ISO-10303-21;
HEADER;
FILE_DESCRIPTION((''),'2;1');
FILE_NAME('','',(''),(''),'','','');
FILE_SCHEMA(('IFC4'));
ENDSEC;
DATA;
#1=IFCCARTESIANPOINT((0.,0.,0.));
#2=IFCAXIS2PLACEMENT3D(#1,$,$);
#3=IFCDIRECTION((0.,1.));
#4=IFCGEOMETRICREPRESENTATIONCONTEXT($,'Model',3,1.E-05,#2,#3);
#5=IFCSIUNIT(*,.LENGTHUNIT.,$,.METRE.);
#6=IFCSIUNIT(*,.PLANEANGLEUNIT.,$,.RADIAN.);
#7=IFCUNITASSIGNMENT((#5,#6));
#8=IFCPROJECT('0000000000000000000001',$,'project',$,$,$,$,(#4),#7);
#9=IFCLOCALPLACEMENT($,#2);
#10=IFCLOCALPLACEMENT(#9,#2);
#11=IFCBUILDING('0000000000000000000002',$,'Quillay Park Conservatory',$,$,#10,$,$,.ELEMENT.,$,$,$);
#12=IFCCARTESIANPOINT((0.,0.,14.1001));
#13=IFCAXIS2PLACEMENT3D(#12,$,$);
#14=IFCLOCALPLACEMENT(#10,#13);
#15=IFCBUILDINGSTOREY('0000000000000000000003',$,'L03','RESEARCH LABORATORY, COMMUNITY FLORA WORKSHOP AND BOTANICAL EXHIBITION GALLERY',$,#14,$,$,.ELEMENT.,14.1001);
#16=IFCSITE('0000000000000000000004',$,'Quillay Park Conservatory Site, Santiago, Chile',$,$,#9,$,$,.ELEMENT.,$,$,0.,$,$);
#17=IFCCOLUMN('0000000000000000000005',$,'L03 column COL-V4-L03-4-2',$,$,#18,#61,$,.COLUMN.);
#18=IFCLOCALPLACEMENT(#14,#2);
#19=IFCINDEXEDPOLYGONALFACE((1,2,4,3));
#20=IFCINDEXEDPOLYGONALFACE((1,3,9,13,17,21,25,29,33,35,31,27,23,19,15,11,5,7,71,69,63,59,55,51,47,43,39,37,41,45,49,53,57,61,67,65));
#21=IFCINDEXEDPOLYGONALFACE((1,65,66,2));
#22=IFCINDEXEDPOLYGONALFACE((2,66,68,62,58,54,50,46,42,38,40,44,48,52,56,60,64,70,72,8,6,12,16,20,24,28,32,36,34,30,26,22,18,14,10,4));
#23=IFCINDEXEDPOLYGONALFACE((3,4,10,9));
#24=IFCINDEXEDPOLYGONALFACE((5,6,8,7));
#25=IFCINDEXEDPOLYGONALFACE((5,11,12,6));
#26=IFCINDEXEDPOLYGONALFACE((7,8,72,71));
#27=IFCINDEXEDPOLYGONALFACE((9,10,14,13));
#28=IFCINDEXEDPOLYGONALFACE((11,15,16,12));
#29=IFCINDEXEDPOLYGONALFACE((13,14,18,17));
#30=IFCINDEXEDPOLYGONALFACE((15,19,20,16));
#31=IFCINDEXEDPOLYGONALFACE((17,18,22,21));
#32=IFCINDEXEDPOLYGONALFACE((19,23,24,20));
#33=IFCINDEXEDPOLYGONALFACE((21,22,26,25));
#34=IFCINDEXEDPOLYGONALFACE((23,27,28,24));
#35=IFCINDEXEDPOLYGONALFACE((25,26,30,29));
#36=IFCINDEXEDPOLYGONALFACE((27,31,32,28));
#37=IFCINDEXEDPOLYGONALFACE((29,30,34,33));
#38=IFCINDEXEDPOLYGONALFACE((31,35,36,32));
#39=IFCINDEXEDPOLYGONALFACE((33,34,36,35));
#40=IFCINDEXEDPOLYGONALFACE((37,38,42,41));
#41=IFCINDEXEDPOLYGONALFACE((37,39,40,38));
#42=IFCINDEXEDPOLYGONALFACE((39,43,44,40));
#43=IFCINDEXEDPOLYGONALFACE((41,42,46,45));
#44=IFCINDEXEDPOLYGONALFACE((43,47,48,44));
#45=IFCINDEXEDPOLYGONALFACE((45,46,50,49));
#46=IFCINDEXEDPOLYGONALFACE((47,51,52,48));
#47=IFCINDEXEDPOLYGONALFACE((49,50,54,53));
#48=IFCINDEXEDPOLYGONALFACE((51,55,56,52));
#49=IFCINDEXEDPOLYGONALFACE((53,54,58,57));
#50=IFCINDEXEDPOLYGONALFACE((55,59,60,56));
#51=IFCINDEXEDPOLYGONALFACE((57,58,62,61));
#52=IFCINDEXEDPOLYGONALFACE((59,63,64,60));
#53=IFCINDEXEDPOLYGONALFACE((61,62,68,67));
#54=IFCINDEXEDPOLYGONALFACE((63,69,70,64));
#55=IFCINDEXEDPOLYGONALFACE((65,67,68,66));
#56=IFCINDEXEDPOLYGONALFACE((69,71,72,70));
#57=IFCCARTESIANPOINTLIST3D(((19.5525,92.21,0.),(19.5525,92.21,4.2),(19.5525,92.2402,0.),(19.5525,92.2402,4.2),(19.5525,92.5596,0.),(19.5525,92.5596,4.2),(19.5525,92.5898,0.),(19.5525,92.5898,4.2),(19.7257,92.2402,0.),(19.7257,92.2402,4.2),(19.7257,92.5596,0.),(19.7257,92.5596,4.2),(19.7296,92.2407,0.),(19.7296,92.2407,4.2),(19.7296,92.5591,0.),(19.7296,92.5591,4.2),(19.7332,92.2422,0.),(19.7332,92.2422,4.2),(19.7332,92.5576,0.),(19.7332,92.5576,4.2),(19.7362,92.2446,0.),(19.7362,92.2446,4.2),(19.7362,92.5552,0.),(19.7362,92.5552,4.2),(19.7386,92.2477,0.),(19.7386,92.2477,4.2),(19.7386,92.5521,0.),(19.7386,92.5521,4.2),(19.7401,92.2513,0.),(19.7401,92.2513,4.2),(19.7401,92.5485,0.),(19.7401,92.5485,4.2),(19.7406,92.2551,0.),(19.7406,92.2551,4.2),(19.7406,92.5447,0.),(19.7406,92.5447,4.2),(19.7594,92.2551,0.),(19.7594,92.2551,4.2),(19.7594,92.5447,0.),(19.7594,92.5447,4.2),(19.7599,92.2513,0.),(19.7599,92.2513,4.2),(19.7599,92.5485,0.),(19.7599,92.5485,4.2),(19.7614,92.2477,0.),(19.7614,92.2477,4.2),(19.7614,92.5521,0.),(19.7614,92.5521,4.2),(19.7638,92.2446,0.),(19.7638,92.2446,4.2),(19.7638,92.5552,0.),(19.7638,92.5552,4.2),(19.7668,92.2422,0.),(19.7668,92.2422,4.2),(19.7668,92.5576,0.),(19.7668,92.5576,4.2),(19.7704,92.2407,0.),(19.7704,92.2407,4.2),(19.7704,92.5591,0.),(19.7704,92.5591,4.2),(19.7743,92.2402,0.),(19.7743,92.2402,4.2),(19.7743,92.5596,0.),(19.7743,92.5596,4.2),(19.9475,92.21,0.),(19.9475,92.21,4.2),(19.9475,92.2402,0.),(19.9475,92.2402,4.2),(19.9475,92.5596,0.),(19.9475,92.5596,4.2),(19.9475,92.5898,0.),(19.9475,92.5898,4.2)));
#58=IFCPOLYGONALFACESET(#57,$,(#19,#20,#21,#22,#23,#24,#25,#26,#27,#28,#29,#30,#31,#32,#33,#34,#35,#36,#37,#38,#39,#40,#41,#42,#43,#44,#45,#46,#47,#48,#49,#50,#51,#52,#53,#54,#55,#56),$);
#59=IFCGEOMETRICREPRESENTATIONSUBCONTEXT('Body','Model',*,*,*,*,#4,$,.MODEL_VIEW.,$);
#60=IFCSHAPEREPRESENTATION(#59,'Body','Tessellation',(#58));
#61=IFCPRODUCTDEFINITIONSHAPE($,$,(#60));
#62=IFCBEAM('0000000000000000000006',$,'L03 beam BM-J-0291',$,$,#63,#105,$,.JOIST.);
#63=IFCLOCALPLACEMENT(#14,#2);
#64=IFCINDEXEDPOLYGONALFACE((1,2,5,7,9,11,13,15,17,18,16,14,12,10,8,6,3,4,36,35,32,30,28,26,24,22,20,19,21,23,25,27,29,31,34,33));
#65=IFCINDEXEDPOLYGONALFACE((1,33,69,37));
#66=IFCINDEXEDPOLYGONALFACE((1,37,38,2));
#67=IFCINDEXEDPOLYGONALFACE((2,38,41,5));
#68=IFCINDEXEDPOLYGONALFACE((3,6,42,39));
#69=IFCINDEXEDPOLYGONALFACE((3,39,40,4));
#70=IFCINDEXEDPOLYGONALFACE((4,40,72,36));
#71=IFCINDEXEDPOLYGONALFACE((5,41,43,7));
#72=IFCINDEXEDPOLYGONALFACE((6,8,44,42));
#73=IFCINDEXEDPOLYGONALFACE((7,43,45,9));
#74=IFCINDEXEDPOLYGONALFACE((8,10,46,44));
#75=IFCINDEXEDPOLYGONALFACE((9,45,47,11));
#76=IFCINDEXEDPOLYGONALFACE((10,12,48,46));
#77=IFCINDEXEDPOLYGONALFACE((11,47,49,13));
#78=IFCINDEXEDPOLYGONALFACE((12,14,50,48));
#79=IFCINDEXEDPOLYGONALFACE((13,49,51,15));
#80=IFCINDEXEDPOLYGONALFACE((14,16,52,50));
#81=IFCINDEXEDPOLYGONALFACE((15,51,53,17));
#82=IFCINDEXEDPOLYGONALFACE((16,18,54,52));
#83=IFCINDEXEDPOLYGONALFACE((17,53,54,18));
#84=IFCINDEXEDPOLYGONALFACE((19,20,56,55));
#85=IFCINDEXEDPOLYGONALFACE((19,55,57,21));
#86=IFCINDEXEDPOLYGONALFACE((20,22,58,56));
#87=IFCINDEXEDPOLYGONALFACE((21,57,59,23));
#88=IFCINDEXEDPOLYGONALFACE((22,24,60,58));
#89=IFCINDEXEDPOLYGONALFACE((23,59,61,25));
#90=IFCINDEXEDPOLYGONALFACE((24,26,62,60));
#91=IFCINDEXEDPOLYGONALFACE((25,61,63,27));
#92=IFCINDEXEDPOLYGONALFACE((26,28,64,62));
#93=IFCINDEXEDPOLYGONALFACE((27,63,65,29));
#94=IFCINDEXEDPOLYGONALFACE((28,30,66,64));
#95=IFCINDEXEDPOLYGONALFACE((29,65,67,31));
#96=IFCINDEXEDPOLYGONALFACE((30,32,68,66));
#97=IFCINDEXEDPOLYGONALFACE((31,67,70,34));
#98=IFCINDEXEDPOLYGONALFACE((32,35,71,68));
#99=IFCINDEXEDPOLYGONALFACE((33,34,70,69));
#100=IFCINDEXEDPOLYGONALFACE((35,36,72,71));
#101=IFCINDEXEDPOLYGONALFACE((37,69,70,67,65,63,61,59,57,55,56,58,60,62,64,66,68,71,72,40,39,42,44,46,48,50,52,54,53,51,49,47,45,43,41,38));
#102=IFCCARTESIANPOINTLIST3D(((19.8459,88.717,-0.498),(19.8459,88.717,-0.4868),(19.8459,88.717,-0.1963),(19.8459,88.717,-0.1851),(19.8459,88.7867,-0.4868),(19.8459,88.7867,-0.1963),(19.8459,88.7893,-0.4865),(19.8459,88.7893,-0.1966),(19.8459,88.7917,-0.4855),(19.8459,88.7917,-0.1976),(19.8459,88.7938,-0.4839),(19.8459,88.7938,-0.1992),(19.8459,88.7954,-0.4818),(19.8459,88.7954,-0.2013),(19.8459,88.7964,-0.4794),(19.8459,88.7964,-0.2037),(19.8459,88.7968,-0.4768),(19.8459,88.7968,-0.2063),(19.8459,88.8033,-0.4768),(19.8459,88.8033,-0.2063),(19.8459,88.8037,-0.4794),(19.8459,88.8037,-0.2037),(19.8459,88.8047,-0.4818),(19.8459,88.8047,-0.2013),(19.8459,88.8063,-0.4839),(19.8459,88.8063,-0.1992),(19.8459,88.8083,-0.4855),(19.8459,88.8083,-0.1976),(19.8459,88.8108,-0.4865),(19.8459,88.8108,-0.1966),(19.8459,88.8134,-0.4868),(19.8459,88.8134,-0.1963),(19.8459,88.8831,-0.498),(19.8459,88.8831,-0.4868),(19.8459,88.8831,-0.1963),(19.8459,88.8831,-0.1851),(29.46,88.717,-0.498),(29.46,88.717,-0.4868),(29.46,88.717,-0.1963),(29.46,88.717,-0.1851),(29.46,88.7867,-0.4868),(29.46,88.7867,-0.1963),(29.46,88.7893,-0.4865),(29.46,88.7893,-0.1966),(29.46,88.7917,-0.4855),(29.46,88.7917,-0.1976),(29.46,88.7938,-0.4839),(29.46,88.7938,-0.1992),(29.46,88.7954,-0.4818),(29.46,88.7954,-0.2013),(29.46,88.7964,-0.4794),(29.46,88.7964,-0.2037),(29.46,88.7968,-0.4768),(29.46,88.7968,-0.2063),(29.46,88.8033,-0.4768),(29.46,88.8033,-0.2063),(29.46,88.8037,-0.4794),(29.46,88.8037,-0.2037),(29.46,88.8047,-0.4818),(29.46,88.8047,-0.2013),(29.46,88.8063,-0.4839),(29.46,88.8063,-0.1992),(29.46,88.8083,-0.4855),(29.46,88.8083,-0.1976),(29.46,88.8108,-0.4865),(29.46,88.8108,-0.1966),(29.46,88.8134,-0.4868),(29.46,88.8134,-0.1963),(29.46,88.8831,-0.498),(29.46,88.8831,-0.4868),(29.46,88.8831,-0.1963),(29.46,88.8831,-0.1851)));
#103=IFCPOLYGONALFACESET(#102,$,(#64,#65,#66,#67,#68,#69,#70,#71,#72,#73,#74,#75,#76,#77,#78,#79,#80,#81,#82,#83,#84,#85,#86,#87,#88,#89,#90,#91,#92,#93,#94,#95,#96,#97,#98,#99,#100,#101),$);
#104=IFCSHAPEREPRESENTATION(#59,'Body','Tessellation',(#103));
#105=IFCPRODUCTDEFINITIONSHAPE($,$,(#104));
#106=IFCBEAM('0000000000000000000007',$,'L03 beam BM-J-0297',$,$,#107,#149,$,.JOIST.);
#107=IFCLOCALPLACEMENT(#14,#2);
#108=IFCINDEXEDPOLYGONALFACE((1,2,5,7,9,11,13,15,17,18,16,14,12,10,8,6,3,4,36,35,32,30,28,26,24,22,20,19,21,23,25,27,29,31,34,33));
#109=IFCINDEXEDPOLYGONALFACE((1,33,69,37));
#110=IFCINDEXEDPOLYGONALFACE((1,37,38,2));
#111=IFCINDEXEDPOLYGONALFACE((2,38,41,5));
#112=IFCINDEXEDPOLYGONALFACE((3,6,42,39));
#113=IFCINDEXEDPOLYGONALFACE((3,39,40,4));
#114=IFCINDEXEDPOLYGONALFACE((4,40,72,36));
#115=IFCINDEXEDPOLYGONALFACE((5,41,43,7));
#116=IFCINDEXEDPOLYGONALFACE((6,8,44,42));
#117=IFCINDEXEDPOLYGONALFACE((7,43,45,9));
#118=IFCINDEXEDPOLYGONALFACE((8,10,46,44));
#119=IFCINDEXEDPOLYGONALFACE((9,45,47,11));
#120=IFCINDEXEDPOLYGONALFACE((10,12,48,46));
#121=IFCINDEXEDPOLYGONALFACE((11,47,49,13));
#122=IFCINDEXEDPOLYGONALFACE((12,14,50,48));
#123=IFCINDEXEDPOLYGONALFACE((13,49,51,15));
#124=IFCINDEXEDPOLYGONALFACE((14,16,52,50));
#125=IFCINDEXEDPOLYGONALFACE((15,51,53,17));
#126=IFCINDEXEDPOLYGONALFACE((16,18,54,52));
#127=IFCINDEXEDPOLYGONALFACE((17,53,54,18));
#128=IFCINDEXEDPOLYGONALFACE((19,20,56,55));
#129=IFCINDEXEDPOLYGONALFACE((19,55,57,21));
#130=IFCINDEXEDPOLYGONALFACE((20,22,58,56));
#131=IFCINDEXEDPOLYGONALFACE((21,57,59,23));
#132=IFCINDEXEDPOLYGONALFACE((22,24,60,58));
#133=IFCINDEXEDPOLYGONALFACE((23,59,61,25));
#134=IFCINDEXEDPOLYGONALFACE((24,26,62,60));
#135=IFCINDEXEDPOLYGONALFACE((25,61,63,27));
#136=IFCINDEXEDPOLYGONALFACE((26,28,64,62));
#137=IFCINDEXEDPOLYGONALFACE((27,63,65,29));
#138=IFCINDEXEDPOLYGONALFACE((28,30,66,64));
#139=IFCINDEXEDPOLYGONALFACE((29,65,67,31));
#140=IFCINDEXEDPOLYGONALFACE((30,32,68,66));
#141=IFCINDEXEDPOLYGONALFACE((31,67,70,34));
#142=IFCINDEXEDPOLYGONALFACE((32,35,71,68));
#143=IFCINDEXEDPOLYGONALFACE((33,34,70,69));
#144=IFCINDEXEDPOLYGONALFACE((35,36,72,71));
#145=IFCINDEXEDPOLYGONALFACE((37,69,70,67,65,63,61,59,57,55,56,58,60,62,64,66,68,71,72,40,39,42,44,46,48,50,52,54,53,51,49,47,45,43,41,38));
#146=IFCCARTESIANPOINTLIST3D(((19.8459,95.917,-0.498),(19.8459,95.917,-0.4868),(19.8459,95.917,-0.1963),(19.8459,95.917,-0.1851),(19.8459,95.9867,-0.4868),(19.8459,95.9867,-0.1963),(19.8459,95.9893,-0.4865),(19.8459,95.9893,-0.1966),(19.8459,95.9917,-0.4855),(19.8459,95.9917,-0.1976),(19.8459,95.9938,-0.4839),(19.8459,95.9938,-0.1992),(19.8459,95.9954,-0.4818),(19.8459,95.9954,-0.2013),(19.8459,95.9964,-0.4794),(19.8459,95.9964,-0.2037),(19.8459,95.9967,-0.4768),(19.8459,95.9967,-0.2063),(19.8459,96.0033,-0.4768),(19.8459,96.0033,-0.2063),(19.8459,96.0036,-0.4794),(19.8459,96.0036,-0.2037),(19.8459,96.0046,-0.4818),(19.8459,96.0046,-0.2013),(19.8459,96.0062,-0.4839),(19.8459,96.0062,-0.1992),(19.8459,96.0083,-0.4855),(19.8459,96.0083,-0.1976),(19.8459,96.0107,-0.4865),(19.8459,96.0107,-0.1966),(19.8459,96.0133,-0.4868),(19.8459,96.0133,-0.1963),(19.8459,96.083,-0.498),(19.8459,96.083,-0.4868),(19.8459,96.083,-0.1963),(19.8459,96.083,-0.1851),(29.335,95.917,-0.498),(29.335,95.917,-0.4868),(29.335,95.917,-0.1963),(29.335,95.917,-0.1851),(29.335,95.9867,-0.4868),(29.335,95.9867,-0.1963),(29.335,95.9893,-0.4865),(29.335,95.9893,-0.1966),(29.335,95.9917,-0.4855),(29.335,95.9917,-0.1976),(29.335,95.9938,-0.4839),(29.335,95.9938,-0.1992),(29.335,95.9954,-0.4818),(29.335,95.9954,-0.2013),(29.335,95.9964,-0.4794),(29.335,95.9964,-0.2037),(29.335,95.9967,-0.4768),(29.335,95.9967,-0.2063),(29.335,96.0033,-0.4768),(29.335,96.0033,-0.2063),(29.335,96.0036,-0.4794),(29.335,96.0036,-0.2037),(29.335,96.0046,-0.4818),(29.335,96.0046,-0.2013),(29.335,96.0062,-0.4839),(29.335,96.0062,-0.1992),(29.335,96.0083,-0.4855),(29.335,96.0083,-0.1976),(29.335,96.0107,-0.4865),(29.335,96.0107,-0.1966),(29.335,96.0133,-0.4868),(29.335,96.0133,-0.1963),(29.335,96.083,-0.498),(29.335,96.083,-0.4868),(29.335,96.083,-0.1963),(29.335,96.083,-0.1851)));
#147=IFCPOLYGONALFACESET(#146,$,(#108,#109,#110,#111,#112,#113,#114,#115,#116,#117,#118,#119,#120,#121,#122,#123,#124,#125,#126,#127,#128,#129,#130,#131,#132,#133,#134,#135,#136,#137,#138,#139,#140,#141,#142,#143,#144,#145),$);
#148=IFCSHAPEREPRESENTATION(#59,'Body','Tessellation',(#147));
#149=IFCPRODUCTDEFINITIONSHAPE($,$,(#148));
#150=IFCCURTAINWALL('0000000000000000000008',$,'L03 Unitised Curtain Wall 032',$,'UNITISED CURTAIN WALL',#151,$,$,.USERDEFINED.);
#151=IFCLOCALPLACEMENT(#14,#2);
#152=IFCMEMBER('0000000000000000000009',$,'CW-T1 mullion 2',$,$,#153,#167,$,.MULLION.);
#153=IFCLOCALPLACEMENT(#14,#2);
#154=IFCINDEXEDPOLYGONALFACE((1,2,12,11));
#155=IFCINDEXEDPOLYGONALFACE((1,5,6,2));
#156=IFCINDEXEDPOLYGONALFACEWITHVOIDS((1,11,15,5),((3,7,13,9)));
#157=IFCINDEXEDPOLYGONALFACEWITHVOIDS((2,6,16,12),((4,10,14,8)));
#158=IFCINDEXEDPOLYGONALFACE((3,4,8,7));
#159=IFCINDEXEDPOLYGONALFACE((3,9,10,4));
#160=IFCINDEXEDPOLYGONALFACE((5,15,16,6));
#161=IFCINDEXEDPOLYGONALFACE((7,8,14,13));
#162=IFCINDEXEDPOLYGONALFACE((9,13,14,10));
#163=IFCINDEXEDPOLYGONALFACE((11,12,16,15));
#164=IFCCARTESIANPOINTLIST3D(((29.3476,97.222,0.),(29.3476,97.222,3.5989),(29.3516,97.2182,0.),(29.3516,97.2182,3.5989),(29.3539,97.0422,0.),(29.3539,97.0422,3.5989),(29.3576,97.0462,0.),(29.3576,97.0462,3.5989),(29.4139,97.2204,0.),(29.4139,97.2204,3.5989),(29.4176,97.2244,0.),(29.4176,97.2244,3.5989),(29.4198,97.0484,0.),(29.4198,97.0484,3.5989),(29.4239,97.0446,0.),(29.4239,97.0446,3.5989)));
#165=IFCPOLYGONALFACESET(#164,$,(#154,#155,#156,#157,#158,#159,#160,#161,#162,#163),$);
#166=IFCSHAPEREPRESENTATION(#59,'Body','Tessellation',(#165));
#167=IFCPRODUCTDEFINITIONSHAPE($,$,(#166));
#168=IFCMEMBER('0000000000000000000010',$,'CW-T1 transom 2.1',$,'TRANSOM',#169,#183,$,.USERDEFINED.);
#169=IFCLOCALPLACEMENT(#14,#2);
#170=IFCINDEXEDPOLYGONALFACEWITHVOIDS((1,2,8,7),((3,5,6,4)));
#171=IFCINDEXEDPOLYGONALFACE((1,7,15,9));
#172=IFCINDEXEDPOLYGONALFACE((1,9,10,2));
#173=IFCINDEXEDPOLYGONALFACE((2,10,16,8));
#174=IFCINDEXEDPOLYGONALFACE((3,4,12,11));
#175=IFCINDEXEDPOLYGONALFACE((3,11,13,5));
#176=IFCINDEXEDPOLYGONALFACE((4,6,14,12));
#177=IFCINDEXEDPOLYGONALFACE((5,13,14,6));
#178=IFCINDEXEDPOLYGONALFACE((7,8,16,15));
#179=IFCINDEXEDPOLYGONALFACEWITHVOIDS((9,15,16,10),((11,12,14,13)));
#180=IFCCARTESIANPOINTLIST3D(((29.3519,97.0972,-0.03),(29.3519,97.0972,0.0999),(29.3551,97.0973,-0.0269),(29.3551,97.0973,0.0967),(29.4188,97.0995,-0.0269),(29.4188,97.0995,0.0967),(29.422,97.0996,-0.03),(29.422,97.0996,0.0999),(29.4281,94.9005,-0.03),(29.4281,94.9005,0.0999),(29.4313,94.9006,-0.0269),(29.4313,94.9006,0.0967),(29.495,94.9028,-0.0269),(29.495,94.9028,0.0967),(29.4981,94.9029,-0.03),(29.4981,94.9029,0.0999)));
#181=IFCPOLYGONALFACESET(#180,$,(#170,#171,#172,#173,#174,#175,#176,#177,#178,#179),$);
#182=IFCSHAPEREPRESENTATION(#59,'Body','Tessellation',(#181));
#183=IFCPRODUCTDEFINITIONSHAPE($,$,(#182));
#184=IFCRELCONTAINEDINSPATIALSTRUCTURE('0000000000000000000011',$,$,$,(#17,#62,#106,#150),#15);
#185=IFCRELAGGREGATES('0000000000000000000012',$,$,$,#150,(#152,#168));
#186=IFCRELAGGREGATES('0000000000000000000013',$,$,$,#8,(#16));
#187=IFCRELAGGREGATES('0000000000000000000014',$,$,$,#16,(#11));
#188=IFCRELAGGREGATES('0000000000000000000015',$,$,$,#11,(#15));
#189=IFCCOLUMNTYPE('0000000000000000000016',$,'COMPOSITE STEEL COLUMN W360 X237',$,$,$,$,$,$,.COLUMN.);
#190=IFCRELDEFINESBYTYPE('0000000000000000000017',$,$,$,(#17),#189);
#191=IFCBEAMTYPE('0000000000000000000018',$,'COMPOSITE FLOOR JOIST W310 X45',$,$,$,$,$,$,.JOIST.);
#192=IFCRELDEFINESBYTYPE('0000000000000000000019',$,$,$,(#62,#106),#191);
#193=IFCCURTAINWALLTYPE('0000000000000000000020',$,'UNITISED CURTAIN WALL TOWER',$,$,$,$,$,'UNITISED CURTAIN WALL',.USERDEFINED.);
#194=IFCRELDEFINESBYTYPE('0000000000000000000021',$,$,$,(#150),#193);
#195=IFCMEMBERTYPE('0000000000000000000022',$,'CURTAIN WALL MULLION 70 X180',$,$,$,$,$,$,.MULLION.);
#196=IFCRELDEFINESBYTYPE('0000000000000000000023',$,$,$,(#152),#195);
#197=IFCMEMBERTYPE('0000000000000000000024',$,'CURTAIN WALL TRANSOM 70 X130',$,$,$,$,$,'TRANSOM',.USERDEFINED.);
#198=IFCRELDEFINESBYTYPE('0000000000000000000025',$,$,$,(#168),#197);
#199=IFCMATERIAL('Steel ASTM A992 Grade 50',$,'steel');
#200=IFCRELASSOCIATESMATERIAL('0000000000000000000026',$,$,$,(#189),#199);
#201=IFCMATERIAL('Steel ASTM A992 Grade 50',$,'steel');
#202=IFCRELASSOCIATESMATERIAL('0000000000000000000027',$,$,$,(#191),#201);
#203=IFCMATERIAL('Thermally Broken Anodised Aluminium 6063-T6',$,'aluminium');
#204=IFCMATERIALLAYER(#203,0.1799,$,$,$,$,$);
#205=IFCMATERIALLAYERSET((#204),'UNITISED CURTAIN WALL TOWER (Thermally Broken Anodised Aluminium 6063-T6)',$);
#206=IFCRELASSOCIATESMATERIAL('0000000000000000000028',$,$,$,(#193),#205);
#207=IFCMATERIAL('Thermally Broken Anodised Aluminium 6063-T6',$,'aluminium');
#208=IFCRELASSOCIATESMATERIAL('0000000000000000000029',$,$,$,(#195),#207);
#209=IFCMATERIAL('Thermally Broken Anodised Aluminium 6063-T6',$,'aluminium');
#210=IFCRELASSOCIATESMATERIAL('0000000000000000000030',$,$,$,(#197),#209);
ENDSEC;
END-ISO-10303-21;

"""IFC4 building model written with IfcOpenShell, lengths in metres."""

from ifc_helpers import new_model, si_unit, direction, frame, origin, origin_2d, place, context, subcontext, project, spatial, hollow_rectangle, i_section, extrude, material, layer, layer_set, material_profile, profile_set, type_object, element, aggregate, save


model = new_model("IFC4")

# Units and contexts
model_context = context("Model", 3, precision=1e-05, world=origin(), true_north=direction((0.0, 1.0)))
body_context = subcontext(model_context, "Body", "Model", "MODEL_VIEW")
ifc_project = project(units=[si_unit("LENGTHUNIT", "METRE"), si_unit("PLANEANGLEUNIT", "RADIAN")], contexts=[model_context])

# Site, building, storey
site_placement = place(None, origin())
site = spatial("IfcSite", under=ifc_project, at=site_placement, Name="Quillay Park Conservatory Site, Santiago, Chile", CompositionType="ELEMENT", RefElevation=0.0)
building_placement = place(site_placement, origin())
building = spatial("IfcBuilding", under=site, at=building_placement, Name="Quillay Park Conservatory", CompositionType="ELEMENT")
storey_placement = place(building_placement, frame((0.0, 0.0, 14.1001)))
storey = spatial("IfcBuildingStorey", under=building, at=storey_placement, Name="L03", Description="RESEARCH LABORATORY, COMMUNITY FLORA WORKSHOP AND BOTANICAL EXHIBITION GALLERY", CompositionType="ELEMENT", Elevation=14.1001)

# Column
ifc_material_1 = material(Name="Steel ASTM A992 Grade 50", Category="steel")
ifc_material_profile_1 = material_profile(ifc_material_1, i_section(OverallWidth=0.395, OverallDepth=0.3799, WebThickness=0.0188, FlangeThickness=0.0303, FilletRadius=0.0149, at=origin_2d()), Name="W360x237")
ifc_profile_set_1 = profile_set([ifc_material_profile_1], Name="Steel ASTM A992 Grade 50")
column_type = type_object("IfcColumnType", Name="COMPOSITE STEEL COLUMN W360 X237", PredefinedType="COLUMN", material=ifc_profile_set_1)
column_placement = place(storey_placement, frame((19.75, 92.3999, 0.0), z_axis=(0.0, 0.0, 1.0), x_axis=(1.0, 0.0, 0.0)))
element("IfcColumn", 1, at=column_placement, inside=storey, type_object=column_type, Name="L03 column COL-V4-L03-4-2", PredefinedType="COLUMN", context=body_context, shape_type="SweptSolid", body=[
    extrude(i_section(OverallWidth=0.395, OverallDepth=0.3799, WebThickness=0.0188, FlangeThickness=0.0303, FilletRadius=0.0149, at=origin_2d()), origin(), (0.0, 0.0, 1.0), 4.2),
])

# Beams
ifc_material_2 = material(Name="Steel ASTM A992 Grade 50", Category="steel")
ifc_material_profile_2 = material_profile(ifc_material_2, i_section(OverallWidth=0.166, OverallDepth=0.313, WebThickness=0.0066, FlangeThickness=0.0112, FilletRadius=0.01, at=origin_2d()), Name="W310x45")
ifc_profile_set_2 = profile_set([ifc_material_profile_2], Name="Steel ASTM A992 Grade 50")
beam_type_1 = type_object("IfcBeamType", Name="COMPOSITE FLOOR JOIST W310 X45", PredefinedType="JOIST", material=ifc_profile_set_2)
beam_1_placement = place(storey_placement, frame((19.8459, 88.8, -0.3416), z_axis=(1.0, 0.0, 0.0), x_axis=(0.0, 1.0, 0.0)))
element("IfcBeam", 2, at=beam_1_placement, inside=storey, type_object=beam_type_1, Name="L03 beam BM-J-0291", PredefinedType="JOIST", context=body_context, shape_type="SweptSolid", body=[
    extrude(i_section(OverallWidth=0.166, OverallDepth=0.313, WebThickness=0.0066, FlangeThickness=0.0112, FilletRadius=0.01, at=origin_2d()), origin(), (0.0, 0.0, 1.0), 9.614),
])
beam_2_placement = place(storey_placement, frame((19.8459, 96.0, -0.3416), z_axis=(1.0, 0.0, 0.0), x_axis=(0.0, 1.0, 0.0)))
element("IfcBeam", 3, at=beam_2_placement, inside=storey, type_object=beam_type_1, Name="L03 beam BM-J-0297", PredefinedType="JOIST", context=body_context, shape_type="SweptSolid", body=[
    extrude(i_section(OverallWidth=0.166, OverallDepth=0.313, WebThickness=0.0066, FlangeThickness=0.0112, FilletRadius=0.01, at=origin_2d()), origin(), (0.0, 0.0, 1.0), 9.489),
])

# Curtain wall, members
ifc_material_3 = material(Name="Thermally Broken Anodised Aluminium 6063-T6", Category="aluminium")
ifc_layer_1 = layer(ifc_material_3, 0.1799)
ifc_layer_set_1 = layer_set([ifc_layer_1], Name="UNITISED CURTAIN WALL TOWER (Thermally Broken Anodised Aluminium 6063-T6)")
curtain_wall_type = type_object("IfcCurtainWallType", Name="UNITISED CURTAIN WALL TOWER", ElementType="UNITISED CURTAIN WALL", PredefinedType="USERDEFINED", material=ifc_layer_set_1)
curtain_wall_placement = place(storey_placement, origin())
curtain_wall = element("IfcCurtainWall", 4, at=curtain_wall_placement, inside=storey, type_object=curtain_wall_type, Name="L03 Unitised Curtain Wall 032", ObjectType="UNITISED CURTAIN WALL", PredefinedType="USERDEFINED")
ifc_material_4 = material(Name="Thermally Broken Anodised Aluminium 6063-T6", Category="aluminium")
ifc_material_profile_3 = material_profile(ifc_material_4, hollow_rectangle(XDim=0.0701, YDim=0.1799, WallThickness=0.0039, at=origin_2d()), Name="AL70x180x4")
ifc_profile_set_3 = profile_set([ifc_material_profile_3], Name="Thermally Broken Anodised Aluminium 6063-T6")
member_type_1 = type_object("IfcMemberType", Name="CURTAIN WALL MULLION 70 X180", PredefinedType="MULLION", material=ifc_profile_set_3)
member_1_placement = place(storey_placement, frame((29.3857, 97.1333, 0.0), z_axis=(0.0, 0.0, 1.0), x_axis=(0.999397, 0.034713, 0.0)))
member_1 = element("IfcMember", 5, at=member_1_placement, type_object=member_type_1, Name="CW-T1 mullion 2", PredefinedType="MULLION", context=body_context, shape_type="SweptSolid", body=[
    extrude(hollow_rectangle(XDim=0.0701, YDim=0.1799, WallThickness=0.0039, at=origin_2d()), origin(), (0.0, 0.0, 1.0), 3.5989),
])
ifc_material_5 = material(Name="Thermally Broken Anodised Aluminium 6063-T6", Category="aluminium")
ifc_material_profile_4 = material_profile(ifc_material_5, hollow_rectangle(XDim=0.0701, YDim=0.1299, WallThickness=0.0032, at=origin_2d()), Name="AL70x130x3.2")
ifc_profile_set_4 = profile_set([ifc_material_profile_4], Name="Thermally Broken Anodised Aluminium 6063-T6")
member_type_2 = type_object("IfcMemberType", Name="CURTAIN WALL TRANSOM 70 X130", ElementType="TRANSOM", PredefinedType="USERDEFINED", material=ifc_profile_set_4)
member_2_placement = place(storey_placement, frame((29.387, 97.0984, 0.0349), z_axis=(0.034654, -0.999399, 0.0), x_axis=(0.999399, 0.034654, 0.0)))
member_2 = element("IfcMember", 6, at=member_2_placement, type_object=member_type_2, Name="CW-T1 transom 2.1", ObjectType="TRANSOM", PredefinedType="USERDEFINED", context=body_context, shape_type="SweptSolid", body=[
    extrude(hollow_rectangle(XDim=0.0701, YDim=0.1299, WallThickness=0.0032, at=origin_2d()), origin(), (0.0, 0.0, 1.0), 2.198),
])

aggregate(curtain_wall, [member_1, member_2])

save(model, "model.ifc")
